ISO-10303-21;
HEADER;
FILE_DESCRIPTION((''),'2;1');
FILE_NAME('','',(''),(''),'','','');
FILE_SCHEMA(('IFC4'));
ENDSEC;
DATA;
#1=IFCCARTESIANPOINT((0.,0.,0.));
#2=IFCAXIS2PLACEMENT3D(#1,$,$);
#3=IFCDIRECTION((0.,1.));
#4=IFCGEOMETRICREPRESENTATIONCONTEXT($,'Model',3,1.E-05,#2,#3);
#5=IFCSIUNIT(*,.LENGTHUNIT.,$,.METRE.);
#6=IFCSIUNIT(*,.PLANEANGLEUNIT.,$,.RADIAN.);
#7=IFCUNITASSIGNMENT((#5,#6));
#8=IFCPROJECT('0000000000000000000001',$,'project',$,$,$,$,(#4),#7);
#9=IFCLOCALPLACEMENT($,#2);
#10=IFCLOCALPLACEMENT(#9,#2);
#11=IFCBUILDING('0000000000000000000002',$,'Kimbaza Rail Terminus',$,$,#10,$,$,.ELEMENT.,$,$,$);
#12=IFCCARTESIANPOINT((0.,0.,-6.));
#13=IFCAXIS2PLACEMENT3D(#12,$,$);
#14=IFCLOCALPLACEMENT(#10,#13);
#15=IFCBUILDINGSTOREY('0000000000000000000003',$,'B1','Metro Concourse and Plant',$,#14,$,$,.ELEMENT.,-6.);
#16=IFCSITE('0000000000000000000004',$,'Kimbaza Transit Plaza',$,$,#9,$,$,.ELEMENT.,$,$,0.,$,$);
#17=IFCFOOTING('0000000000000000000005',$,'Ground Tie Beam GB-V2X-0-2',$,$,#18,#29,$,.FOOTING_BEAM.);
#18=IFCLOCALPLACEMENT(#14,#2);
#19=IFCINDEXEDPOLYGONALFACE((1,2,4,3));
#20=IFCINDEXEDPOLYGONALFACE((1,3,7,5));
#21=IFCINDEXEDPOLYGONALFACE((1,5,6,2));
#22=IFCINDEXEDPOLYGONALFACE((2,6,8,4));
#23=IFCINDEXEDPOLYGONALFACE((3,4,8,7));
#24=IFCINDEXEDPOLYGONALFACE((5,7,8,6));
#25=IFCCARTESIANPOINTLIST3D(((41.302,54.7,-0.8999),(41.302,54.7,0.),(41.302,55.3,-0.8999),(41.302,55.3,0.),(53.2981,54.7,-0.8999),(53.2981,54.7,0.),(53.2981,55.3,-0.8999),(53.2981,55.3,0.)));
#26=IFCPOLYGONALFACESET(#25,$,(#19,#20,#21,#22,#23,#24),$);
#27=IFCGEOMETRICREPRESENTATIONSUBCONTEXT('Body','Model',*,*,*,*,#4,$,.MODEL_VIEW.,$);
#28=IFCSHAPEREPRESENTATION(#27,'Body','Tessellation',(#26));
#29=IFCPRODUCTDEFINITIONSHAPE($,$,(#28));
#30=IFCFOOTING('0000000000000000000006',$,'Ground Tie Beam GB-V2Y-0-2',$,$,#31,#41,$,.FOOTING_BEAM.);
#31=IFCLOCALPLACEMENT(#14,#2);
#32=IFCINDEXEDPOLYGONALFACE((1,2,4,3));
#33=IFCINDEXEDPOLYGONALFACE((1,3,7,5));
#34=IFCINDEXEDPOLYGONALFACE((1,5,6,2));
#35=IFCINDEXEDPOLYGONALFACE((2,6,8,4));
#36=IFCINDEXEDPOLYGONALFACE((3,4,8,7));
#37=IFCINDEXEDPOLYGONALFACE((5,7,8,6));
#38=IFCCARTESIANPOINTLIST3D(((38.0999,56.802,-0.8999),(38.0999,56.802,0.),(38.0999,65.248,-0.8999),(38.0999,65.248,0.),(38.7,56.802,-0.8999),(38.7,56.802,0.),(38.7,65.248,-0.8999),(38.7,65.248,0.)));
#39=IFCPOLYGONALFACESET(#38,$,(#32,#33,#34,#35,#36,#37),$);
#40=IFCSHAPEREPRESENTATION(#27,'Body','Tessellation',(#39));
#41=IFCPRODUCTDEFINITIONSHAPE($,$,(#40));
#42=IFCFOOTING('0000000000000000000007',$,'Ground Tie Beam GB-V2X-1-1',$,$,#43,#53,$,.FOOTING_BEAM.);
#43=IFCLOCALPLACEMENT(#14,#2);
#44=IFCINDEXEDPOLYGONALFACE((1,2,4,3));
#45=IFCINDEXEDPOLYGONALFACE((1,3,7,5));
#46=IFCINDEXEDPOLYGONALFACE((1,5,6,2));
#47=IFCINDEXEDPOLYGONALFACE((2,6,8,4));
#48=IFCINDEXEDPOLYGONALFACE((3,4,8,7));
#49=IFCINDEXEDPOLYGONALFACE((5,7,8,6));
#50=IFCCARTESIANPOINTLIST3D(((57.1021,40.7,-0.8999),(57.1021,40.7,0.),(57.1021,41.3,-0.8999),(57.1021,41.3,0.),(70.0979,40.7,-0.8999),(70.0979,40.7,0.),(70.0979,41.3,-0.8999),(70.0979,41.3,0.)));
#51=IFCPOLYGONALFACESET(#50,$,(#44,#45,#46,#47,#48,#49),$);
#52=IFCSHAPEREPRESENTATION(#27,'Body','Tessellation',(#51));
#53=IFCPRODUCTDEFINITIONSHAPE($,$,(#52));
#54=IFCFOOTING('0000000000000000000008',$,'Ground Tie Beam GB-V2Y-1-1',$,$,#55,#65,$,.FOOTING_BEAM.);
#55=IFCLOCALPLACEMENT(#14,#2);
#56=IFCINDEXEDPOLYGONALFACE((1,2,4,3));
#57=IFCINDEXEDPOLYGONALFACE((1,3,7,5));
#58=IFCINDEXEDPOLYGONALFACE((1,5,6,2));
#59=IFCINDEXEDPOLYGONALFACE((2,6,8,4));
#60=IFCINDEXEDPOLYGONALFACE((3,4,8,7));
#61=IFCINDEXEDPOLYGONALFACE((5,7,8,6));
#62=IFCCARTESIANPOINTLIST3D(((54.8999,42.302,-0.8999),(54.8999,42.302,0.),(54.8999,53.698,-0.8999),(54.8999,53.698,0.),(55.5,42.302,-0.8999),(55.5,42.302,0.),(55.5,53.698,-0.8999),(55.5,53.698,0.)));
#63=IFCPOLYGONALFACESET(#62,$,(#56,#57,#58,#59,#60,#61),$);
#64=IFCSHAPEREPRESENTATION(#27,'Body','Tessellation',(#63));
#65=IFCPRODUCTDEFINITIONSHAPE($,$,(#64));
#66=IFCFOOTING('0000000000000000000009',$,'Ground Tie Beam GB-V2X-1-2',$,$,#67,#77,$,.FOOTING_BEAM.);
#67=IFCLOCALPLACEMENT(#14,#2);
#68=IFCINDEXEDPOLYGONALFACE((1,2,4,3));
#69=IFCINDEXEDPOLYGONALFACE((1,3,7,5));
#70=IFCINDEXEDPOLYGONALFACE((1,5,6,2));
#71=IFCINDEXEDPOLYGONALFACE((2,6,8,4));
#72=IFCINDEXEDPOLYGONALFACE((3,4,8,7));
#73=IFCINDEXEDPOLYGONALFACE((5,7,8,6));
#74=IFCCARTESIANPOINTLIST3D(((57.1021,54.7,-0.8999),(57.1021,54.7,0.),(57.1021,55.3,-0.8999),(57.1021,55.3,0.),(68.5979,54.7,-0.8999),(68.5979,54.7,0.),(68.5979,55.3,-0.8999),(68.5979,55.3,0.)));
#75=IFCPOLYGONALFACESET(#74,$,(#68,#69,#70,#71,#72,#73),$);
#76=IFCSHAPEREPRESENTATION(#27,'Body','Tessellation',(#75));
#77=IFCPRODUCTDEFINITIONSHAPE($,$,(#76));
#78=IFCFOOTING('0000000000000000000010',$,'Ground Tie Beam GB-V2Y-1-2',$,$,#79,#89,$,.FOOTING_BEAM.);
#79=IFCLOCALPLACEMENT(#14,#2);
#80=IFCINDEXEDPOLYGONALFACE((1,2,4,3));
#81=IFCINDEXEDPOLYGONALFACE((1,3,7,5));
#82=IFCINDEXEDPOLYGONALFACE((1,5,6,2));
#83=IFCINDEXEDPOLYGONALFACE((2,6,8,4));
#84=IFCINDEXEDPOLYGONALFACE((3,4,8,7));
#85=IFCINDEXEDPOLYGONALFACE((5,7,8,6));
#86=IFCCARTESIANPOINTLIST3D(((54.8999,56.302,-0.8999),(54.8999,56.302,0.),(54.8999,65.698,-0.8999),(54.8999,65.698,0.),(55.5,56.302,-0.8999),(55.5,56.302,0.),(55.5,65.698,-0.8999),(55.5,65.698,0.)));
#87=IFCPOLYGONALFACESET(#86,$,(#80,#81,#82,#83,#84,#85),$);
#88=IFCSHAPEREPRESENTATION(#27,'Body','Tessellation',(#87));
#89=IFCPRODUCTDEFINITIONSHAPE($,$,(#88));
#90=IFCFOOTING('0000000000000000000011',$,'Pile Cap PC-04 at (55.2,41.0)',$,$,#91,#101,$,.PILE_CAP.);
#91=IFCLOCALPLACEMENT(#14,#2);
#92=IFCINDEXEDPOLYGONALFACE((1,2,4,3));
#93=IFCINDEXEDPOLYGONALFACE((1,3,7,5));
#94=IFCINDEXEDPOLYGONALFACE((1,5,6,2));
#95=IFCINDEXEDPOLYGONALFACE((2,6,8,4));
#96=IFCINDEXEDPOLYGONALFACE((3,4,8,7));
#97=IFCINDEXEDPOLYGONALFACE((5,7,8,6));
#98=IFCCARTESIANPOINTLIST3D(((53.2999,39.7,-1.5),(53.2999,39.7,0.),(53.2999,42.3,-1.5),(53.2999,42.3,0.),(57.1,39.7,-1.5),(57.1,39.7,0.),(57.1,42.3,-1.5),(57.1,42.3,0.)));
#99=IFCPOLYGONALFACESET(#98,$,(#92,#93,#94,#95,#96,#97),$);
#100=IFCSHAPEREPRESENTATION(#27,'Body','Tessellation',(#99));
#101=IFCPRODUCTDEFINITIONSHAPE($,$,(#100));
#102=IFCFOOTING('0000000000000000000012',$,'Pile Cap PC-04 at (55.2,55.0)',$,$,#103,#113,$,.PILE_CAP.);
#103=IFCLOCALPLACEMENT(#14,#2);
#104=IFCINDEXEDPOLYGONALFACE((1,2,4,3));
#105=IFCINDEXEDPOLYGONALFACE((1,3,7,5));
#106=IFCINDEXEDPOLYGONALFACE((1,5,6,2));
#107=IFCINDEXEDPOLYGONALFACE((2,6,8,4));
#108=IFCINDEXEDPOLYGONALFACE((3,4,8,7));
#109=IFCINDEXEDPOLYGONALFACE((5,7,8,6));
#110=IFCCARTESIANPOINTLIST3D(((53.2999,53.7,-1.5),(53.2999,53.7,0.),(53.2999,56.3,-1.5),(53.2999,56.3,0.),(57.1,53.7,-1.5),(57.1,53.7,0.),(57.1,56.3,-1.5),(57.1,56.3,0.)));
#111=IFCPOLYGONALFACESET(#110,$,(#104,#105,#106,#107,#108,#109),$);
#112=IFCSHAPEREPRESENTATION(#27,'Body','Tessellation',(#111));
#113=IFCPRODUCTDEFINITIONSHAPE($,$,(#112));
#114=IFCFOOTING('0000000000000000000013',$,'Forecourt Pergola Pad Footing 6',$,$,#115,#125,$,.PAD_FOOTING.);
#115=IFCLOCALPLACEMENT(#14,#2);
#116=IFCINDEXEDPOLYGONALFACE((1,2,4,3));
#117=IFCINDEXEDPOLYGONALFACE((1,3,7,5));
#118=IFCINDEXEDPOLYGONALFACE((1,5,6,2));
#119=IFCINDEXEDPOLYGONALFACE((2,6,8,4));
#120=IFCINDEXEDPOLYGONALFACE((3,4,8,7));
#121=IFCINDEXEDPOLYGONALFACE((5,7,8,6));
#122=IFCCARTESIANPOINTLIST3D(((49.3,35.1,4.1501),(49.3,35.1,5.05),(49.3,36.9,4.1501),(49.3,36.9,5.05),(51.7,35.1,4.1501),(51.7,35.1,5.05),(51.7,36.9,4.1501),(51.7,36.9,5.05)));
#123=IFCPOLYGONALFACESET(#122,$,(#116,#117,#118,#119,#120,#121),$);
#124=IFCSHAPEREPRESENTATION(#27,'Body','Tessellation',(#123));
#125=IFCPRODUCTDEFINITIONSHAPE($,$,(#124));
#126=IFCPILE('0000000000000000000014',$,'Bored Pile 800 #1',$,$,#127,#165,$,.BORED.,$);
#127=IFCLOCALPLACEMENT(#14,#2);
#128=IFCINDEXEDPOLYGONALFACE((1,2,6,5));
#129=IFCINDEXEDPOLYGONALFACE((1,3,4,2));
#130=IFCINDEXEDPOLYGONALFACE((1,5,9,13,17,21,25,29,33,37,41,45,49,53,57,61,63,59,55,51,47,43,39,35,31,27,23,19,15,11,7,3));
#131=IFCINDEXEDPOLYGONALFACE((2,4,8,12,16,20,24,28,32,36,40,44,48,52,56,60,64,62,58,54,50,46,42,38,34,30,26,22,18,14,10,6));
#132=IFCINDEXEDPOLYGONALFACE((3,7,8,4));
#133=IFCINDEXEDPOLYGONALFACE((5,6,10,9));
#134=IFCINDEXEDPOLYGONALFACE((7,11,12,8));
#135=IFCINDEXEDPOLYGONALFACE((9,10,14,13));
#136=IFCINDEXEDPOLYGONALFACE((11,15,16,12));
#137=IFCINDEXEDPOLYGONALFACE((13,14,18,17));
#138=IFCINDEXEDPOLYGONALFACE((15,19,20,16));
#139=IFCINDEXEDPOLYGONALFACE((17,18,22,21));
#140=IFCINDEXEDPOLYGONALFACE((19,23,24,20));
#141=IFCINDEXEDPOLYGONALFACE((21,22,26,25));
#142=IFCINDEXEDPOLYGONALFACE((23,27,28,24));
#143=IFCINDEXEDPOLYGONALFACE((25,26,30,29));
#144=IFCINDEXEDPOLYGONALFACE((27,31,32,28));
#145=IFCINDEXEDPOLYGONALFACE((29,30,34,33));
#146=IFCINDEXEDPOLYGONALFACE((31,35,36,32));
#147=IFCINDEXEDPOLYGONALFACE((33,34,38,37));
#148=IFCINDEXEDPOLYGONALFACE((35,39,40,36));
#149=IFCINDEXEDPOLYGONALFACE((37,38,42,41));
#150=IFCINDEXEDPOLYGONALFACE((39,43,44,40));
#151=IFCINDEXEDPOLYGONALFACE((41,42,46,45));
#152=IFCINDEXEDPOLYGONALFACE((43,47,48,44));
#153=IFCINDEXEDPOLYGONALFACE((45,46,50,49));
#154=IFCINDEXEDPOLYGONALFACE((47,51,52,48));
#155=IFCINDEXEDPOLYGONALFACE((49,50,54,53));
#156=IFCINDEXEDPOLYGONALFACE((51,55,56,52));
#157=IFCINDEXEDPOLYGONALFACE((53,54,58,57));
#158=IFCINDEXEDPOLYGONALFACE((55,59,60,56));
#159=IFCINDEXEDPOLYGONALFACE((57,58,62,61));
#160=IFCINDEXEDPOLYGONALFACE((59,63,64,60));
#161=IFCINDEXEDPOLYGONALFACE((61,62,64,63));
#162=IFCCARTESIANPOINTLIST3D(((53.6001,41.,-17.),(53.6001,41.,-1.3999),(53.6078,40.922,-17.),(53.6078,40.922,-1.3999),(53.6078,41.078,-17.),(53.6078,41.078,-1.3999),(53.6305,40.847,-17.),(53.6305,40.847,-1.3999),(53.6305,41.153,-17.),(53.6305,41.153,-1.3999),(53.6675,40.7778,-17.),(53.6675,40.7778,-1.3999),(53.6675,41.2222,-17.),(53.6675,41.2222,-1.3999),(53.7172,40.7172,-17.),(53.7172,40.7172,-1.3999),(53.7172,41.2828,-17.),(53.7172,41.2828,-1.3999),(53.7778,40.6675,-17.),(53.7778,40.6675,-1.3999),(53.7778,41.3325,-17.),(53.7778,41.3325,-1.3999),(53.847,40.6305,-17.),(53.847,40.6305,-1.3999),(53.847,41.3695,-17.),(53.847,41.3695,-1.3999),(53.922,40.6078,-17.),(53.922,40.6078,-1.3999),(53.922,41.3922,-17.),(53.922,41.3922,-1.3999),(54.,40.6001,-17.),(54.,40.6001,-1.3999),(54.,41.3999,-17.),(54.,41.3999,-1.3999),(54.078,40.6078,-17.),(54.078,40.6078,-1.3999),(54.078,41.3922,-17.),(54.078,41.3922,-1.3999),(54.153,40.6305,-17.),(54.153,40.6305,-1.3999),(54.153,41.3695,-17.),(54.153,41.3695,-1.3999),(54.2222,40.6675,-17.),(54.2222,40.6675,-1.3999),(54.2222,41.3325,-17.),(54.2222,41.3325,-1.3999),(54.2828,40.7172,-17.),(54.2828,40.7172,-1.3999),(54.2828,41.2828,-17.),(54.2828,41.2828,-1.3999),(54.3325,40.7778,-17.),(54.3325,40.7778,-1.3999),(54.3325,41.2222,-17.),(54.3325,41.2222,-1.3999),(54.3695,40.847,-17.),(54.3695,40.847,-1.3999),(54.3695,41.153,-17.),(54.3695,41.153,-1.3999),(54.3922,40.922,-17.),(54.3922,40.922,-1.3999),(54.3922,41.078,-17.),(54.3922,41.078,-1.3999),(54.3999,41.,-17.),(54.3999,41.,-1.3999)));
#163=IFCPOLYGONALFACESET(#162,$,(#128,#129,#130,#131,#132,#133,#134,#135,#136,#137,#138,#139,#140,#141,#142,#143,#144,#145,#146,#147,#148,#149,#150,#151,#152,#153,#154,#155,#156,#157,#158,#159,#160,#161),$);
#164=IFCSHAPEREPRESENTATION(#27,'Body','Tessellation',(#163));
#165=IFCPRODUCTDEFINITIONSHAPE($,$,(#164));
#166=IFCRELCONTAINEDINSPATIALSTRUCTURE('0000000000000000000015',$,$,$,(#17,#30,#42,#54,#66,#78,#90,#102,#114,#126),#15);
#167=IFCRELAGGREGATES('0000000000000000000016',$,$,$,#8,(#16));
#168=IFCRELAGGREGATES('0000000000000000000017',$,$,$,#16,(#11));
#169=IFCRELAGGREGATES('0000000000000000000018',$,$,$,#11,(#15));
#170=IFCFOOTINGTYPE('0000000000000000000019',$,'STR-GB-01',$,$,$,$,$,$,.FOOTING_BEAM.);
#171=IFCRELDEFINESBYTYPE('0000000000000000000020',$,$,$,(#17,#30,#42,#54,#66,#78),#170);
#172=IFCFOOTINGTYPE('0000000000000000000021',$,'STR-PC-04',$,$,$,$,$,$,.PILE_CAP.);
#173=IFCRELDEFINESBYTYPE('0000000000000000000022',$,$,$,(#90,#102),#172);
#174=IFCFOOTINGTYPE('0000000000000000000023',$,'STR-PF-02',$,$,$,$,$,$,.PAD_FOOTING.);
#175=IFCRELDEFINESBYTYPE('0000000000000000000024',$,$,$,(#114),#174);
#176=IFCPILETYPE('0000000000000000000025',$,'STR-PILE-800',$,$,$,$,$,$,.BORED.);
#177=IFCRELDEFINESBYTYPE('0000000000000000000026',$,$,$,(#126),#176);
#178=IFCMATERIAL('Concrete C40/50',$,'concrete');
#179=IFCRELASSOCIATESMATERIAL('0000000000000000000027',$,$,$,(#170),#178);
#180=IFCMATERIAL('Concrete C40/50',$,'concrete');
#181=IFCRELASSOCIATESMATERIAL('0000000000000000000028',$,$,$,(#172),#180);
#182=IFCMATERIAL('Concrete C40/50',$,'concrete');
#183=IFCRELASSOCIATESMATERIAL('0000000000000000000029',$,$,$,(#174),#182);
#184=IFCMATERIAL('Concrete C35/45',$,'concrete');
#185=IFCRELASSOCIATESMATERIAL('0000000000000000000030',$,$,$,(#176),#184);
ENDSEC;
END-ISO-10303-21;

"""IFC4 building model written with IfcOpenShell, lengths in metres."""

from ifc_helpers import new_model, si_unit, direction, frame, origin, origin_2d, place, context, subcontext, project, spatial, rectangle, circle, extrude, material, material_profile, profile_set, type_object, element, save


model = new_model("IFC4")

# Units and contexts
model_context = context("Model", 3, precision=1e-05, world=origin(), true_north=direction((0.0, 1.0)))
body_context = subcontext(model_context, "Body", "Model", "MODEL_VIEW")
ifc_project = project(units=[si_unit("LENGTHUNIT", "METRE"), si_unit("PLANEANGLEUNIT", "RADIAN")], contexts=[model_context])

# Site, building, storey
site_placement = place(None, origin())
site = spatial("IfcSite", under=ifc_project, at=site_placement, Name="Kimbaza Transit Plaza", CompositionType="ELEMENT", RefElevation=0.0)
building_placement = place(site_placement, origin())
building = spatial("IfcBuilding", under=site, at=building_placement, Name="Kimbaza Rail Terminus", CompositionType="ELEMENT")
storey_placement = place(building_placement, frame((0.0, 0.0, -6.0)))
storey = spatial("IfcBuildingStorey", under=building, at=storey_placement, Name="B1", Description="Metro Concourse and Plant", CompositionType="ELEMENT", Elevation=-6.0)

# Footings
ifc_material_1 = material(Name="Concrete C40/50", Category="concrete")
ifc_material_profile_1 = material_profile(ifc_material_1, rectangle(XDim=0.6001, YDim=0.8999, at=origin_2d()), Name="GB-01 600x900")
ifc_profile_set_1 = profile_set([ifc_material_profile_1], Name="Concrete C40/50")
footing_type_1 = type_object("IfcFootingType", Name="STR-GB-01", PredefinedType="FOOTING_BEAM", material=ifc_profile_set_1)
footing_1_placement = place(storey_placement, frame((41.302, 55.0, -0.45), z_axis=(1.0, 0.0, 0.0), x_axis=(0.0, 1.0, 0.0)))
element("IfcFooting", 1, at=footing_1_placement, inside=storey, type_object=footing_type_1, Name="Ground Tie Beam GB-V2X-0-2", PredefinedType="FOOTING_BEAM", context=body_context, shape_type="SweptSolid", body=[
    extrude(rectangle(XDim=0.6001, YDim=0.8999, at=origin_2d()), origin(), (0.0, 0.0, 1.0), 11.9961),
])
footing_2_placement = place(storey_placement, frame((38.3999, 56.802, -0.45), z_axis=(0.0, 1.0, 0.0), x_axis=(-1.0, 0.0, 0.0)))
element("IfcFooting", 2, at=footing_2_placement, inside=storey, type_object=footing_type_1, Name="Ground Tie Beam GB-V2Y-0-2", PredefinedType="FOOTING_BEAM", context=body_context, shape_type="SweptSolid", body=[
    extrude(rectangle(XDim=0.6001, YDim=0.8999, at=origin_2d()), origin(), (0.0, 0.0, 1.0), 8.446),
])
footing_3_placement = place(storey_placement, frame((57.1021, 41.0, -0.45), z_axis=(1.0, 0.0, 0.0), x_axis=(0.0, 1.0, 0.0)))
element("IfcFooting", 3, at=footing_3_placement, inside=storey, type_object=footing_type_1, Name="Ground Tie Beam GB-V2X-1-1", PredefinedType="FOOTING_BEAM", context=body_context, shape_type="SweptSolid", body=[
    extrude(rectangle(XDim=0.6001, YDim=0.8999, at=origin_2d()), origin(), (0.0, 0.0, 1.0), 12.9958),
])
footing_4_placement = place(storey_placement, frame((55.2, 42.302, -0.45), z_axis=(0.0, 1.0, 0.0), x_axis=(-1.0, 0.0, 0.0)))
element("IfcFooting", 4, at=footing_4_placement, inside=storey, type_object=footing_type_1, Name="Ground Tie Beam GB-V2Y-1-1", PredefinedType="FOOTING_BEAM", context=body_context, shape_type="SweptSolid", body=[
    extrude(rectangle(XDim=0.6001, YDim=0.8999, at=origin_2d()), origin(), (0.0, 0.0, 1.0), 11.396),
])
footing_5_placement = place(storey_placement, frame((57.1021, 55.0, -0.45), z_axis=(1.0, 0.0, 0.0), x_axis=(0.0, 1.0, 0.0)))
element("IfcFooting", 5, at=footing_5_placement, inside=storey, type_object=footing_type_1, Name="Ground Tie Beam GB-V2X-1-2", PredefinedType="FOOTING_BEAM", context=body_context, shape_type="SweptSolid", body=[
    extrude(rectangle(XDim=0.6001, YDim=0.8999, at=origin_2d()), origin(), (0.0, 0.0, 1.0), 11.4958),
])
footing_6_placement = place(storey_placement, frame((55.2, 56.302, -0.45), z_axis=(0.0, 1.0, 0.0), x_axis=(-1.0, 0.0, 0.0)))
element("IfcFooting", 6, at=footing_6_placement, inside=storey, type_object=footing_type_1, Name="Ground Tie Beam GB-V2Y-1-2", PredefinedType="FOOTING_BEAM", context=body_context, shape_type="SweptSolid", body=[
    extrude(rectangle(XDim=0.6001, YDim=0.8999, at=origin_2d()), origin(), (0.0, 0.0, 1.0), 9.396),
])
ifc_material_2 = material(Name="Concrete C40/50", Category="concrete")
footing_type_2 = type_object("IfcFootingType", Name="STR-PC-04", PredefinedType="PILE_CAP", material=ifc_material_2)
for number, where, z_axis, x_axis, name in (
    (7, (55.2, 41.0, -1.5), (0.0, 0.0, 1.0), (1.0, 0.0, 0.0), "Pile Cap PC-04 at (55.2,41.0)"),
    (8, (55.2, 55.0, -1.5), (0.0, 0.0, 1.0), (1.0, 0.0, 0.0), "Pile Cap PC-04 at (55.2,55.0)"),
):
    element("IfcFooting", number, at=place(storey_placement, frame(where, z_axis=z_axis, x_axis=x_axis)), inside=storey, type_object=footing_type_2, Name=name, PredefinedType="PILE_CAP", context=body_context, shape_type="SweptSolid", body=[
        extrude(rectangle(XDim=3.8, YDim=2.6001, at=origin_2d()), origin(), (0.0, 0.0, 1.0), 1.5),
    ])
ifc_material_3 = material(Name="Concrete C40/50", Category="concrete")
footing_type_3 = type_object("IfcFootingType", Name="STR-PF-02", PredefinedType="PAD_FOOTING", material=ifc_material_3)
footing_7_placement = place(storey_placement, frame((50.5, 36.0, 4.1501), z_axis=(0.0, 0.0, 1.0), x_axis=(1.0, 0.0, 0.0)))
element("IfcFooting", 9, at=footing_7_placement, inside=storey, type_object=footing_type_3, Name="Forecourt Pergola Pad Footing 6", PredefinedType="PAD_FOOTING", context=body_context, shape_type="SweptSolid", body=[
    extrude(rectangle(XDim=2.3999, YDim=1.8, at=origin_2d()), origin(), (0.0, 0.0, 1.0), 0.8999),
])

# Pile
ifc_material_4 = material(Name="Concrete C35/45", Category="concrete")
ifc_material_profile_2 = material_profile(ifc_material_4, circle(Radius=0.3999, at=origin_2d()), Name="BORED PILE 800")
ifc_profile_set_2 = profile_set([ifc_material_profile_2], Name="Concrete C35/45")
pile_type = type_object("IfcPileType", Name="STR-PILE-800", PredefinedType="BORED", material=ifc_profile_set_2)
for number, where, z_axis, x_axis, name in (
    (10, (54.0, 41.0, -1.3999), (0.0, 0.0, -1.0), (1.0, 0.0, 0.0), "Bored Pile 800 #1"),
):
    element("IfcPile", number, at=place(storey_placement, frame(where, z_axis=z_axis, x_axis=x_axis)), inside=storey, type_object=pile_type, Name=name, PredefinedType="BORED", context=body_context, shape_type="SweptSolid", body=[
        extrude(circle(Radius=0.3999, at=origin_2d()), origin(), (0.0, 0.0, 1.0), 15.6001),
    ])

save(model, "model.ifc")
